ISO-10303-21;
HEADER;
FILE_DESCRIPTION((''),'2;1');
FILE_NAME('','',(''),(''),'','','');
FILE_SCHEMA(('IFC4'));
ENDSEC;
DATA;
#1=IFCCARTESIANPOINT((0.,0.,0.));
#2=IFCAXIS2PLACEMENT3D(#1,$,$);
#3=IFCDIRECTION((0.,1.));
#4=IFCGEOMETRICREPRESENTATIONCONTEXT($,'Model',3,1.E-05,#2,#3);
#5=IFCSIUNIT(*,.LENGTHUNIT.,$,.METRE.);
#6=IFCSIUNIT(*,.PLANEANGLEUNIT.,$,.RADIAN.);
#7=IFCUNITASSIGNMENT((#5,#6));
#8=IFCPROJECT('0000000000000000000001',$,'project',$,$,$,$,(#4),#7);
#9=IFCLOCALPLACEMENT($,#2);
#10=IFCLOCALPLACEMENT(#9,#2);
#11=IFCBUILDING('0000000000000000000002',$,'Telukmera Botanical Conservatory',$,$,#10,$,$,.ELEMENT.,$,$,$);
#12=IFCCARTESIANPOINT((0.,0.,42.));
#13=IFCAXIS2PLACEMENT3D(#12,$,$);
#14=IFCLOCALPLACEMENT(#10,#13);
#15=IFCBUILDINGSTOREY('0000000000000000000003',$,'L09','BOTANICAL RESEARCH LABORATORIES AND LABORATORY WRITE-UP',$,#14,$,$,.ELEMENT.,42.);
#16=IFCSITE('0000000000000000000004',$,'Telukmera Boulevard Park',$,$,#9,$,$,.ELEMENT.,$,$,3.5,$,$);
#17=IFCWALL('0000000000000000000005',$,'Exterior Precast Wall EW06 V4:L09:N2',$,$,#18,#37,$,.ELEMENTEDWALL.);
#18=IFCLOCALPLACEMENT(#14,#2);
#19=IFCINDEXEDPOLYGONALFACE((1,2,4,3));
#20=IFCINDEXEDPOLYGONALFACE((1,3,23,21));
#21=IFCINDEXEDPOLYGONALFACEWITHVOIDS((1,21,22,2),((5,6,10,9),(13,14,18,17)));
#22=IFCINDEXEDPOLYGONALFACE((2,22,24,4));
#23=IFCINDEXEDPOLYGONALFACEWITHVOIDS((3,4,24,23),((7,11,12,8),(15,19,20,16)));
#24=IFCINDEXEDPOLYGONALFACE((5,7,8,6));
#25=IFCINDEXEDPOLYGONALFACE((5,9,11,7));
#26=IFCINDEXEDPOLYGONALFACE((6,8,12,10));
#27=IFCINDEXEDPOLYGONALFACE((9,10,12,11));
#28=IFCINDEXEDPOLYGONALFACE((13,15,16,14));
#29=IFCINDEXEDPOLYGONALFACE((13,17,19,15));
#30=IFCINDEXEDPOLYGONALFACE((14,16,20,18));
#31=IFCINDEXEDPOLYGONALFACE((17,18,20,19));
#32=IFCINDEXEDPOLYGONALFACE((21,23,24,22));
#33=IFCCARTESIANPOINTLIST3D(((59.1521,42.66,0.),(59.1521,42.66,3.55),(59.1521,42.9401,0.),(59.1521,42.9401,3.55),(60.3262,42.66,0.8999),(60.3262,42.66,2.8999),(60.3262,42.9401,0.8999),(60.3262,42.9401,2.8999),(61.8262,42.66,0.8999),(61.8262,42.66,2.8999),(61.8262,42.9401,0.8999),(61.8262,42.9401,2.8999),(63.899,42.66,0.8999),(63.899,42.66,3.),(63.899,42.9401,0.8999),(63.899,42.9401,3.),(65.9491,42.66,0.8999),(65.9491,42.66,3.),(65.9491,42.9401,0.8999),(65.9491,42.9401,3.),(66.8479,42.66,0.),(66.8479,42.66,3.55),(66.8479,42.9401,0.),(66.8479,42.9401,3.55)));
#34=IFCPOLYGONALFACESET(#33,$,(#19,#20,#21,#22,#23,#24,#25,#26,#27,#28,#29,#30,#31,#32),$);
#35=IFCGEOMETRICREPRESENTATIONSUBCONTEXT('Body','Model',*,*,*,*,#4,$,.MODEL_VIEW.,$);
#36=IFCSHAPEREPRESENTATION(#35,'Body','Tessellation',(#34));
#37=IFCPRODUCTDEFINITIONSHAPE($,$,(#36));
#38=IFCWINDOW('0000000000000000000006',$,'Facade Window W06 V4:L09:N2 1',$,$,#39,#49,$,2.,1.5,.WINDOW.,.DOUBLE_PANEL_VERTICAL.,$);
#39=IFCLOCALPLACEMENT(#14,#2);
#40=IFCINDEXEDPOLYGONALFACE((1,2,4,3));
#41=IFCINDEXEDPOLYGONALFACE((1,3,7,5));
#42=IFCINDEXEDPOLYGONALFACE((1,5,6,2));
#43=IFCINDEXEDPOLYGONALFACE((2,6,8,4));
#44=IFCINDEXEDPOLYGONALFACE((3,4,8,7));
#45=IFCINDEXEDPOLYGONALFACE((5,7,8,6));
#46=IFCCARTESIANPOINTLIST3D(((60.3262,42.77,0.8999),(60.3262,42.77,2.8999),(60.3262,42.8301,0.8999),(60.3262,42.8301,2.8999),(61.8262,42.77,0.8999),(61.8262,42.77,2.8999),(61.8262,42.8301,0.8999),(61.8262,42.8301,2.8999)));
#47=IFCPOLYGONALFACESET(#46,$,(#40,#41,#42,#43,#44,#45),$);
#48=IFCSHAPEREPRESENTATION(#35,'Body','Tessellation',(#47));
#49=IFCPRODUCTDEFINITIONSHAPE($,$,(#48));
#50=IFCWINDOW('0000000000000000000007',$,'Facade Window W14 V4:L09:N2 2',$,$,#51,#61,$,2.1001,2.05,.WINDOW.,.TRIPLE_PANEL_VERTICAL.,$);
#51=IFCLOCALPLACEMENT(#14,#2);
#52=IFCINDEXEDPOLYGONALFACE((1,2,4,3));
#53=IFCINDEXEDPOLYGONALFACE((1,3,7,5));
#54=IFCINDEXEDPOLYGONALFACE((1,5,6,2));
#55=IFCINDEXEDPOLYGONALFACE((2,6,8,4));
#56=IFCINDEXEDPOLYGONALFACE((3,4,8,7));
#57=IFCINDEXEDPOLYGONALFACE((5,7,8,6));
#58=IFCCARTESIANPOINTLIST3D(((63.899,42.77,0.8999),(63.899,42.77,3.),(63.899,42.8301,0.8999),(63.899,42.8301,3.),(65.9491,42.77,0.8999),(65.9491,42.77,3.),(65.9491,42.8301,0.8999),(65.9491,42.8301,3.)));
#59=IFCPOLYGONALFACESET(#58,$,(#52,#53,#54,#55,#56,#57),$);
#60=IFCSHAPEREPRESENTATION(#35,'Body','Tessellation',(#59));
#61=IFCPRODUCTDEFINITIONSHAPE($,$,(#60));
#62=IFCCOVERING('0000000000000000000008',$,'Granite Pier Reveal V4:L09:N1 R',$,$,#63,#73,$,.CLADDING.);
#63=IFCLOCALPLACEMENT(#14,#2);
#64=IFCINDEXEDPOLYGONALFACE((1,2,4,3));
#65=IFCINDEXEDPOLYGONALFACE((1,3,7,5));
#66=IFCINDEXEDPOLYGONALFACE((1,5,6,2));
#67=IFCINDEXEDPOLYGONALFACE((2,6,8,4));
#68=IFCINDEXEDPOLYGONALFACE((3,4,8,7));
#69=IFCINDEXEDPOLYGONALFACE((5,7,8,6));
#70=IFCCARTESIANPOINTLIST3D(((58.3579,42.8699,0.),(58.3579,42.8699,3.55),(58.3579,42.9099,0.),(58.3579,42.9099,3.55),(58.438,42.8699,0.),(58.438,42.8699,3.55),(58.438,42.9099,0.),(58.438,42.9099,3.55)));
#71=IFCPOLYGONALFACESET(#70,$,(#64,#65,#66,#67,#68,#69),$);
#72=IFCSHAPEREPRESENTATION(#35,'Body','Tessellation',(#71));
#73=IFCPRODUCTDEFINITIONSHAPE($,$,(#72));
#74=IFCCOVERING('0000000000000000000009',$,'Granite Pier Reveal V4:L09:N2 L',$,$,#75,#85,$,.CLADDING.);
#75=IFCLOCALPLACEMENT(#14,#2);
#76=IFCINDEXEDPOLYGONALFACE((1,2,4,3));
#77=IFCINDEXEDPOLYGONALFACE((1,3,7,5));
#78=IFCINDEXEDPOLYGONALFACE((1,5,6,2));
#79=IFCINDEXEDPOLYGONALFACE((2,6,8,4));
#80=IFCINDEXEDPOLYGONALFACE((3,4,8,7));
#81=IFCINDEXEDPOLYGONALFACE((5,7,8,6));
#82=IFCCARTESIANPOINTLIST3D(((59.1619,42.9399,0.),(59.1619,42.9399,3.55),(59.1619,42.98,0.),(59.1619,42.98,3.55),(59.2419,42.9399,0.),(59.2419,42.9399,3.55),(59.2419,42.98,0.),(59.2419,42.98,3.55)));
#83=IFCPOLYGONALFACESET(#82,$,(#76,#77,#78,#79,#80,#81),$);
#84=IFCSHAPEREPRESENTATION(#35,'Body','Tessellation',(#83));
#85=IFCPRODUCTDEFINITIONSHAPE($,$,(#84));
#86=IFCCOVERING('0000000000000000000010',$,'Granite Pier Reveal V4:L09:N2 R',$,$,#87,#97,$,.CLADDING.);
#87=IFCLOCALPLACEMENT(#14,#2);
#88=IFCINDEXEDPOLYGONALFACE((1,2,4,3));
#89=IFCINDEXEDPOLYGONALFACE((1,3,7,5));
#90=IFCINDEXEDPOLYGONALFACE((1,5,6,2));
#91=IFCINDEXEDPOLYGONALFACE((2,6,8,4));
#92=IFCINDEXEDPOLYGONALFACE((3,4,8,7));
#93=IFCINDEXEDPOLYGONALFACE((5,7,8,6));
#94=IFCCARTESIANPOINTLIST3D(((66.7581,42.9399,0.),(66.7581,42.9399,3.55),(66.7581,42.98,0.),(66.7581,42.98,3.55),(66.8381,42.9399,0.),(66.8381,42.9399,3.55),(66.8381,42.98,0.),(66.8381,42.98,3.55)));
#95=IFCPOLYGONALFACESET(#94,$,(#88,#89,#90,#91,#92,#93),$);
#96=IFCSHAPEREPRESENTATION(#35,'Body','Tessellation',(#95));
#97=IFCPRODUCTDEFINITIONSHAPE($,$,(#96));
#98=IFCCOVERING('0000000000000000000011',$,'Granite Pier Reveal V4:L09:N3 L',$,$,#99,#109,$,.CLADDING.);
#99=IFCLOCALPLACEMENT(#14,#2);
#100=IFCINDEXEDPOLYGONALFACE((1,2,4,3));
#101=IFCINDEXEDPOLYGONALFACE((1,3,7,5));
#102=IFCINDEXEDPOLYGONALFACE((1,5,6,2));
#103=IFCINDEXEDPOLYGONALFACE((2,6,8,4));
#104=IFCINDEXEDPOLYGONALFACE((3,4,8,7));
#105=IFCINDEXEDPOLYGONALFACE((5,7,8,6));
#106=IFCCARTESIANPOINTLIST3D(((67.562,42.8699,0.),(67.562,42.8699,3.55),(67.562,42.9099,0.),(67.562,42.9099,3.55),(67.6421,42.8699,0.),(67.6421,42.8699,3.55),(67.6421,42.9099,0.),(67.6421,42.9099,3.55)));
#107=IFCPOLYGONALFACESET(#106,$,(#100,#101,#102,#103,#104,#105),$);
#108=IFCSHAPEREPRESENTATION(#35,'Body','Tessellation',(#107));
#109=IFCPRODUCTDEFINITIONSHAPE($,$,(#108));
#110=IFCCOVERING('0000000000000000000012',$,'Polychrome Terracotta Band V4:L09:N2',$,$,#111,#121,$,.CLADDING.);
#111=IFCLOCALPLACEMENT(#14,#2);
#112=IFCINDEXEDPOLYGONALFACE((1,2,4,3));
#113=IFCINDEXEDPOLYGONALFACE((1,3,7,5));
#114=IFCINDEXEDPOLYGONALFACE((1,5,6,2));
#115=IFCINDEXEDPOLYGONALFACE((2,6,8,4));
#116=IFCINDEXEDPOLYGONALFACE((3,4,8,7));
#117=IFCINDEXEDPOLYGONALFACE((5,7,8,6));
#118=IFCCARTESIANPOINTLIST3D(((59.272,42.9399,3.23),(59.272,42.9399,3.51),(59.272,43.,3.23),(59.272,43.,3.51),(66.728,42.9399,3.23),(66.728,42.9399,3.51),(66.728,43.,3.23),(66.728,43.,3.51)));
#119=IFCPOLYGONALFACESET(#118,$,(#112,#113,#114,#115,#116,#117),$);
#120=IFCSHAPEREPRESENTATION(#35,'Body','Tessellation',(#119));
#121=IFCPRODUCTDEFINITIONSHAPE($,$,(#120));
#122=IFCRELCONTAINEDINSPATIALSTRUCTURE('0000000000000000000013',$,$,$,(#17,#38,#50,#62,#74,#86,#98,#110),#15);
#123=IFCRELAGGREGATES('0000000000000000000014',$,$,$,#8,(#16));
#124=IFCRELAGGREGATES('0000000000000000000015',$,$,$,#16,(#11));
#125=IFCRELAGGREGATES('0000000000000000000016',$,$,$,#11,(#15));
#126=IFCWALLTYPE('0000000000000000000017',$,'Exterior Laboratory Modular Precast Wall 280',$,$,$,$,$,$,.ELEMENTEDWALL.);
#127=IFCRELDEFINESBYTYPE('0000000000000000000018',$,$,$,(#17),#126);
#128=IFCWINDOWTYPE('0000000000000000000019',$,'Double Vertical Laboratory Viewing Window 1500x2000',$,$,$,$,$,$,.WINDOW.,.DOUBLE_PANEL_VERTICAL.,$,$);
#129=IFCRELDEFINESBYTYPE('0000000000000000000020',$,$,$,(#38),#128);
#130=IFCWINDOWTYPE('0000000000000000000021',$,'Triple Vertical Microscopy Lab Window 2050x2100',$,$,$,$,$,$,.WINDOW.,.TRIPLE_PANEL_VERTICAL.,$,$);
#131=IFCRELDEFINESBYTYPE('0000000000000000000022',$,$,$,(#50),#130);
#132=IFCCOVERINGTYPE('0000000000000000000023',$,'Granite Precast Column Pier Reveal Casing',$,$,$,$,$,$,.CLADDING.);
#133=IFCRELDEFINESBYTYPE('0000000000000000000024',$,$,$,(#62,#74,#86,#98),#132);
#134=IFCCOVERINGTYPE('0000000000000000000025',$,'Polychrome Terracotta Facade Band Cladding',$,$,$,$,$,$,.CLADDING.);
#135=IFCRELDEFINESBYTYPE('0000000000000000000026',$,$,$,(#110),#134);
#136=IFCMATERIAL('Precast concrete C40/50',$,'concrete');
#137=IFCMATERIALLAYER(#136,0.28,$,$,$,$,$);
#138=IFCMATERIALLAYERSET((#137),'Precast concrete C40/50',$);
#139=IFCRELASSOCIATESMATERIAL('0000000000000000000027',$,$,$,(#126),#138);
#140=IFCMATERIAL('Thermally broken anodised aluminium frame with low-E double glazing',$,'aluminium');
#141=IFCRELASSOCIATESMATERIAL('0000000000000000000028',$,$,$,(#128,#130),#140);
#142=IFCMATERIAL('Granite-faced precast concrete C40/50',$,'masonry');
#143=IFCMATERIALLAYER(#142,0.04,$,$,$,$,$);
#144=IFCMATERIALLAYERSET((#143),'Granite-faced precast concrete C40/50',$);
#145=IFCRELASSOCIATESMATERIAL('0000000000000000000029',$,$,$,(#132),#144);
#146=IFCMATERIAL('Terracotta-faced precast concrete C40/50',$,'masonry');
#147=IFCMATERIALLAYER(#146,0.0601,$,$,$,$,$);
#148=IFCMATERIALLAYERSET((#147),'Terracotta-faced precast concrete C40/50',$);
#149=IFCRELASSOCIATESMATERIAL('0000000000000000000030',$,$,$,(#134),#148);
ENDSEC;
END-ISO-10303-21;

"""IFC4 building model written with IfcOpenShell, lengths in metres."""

from ifc_helpers import new_model, si_unit, direction, frame, frame_2d, origin, origin_2d, place, context, subcontext, project, spatial, rectangle, extrude, material, layer, layer_set, type_object, element, fill, save


model = new_model("IFC4")

# Units and contexts
model_context = context("Model", 3, precision=1e-05, world=origin(), true_north=direction((0.0, 1.0)))
body_context = subcontext(model_context, "Body", "Model", "MODEL_VIEW")
ifc_project = project(units=[si_unit("LENGTHUNIT", "METRE"), si_unit("PLANEANGLEUNIT", "RADIAN")], contexts=[model_context])

# Site, building, storey
site_placement = place(None, origin())
site = spatial("IfcSite", under=ifc_project, at=site_placement, Name="Telukmera Boulevard Park", CompositionType="ELEMENT", RefElevation=3.5)
building_placement = place(site_placement, origin())
building = spatial("IfcBuilding", under=site, at=building_placement, Name="Telukmera Botanical Conservatory", CompositionType="ELEMENT")
storey_placement = place(building_placement, frame((0.0, 0.0, 42.0)))
storey = spatial("IfcBuildingStorey", under=building, at=storey_placement, Name="L09", Description="BOTANICAL RESEARCH LABORATORIES AND LABORATORY WRITE-UP", CompositionType="ELEMENT", Elevation=42.0)

# Shared definitions
ifc_material_1 = material(Name="Precast concrete C40/50", Category="concrete")

# Wall, openings, windows
ifc_layer_1 = layer(ifc_material_1, 0.28)
ifc_layer_set_1 = layer_set([ifc_layer_1], Name="Precast concrete C40/50")
wall_type = type_object("IfcWallType", Name="Exterior Laboratory Modular Precast Wall 280", PredefinedType="ELEMENTEDWALL", material=ifc_layer_set_1)
wall_placement = place(storey_placement, frame((59.1521, 42.8, 0.0), z_axis=(0.0, 0.0, 1.0), x_axis=(1.0, 0.0, 0.0)))
wall = element("IfcWall", 1, at=wall_placement, inside=storey, type_object=wall_type, Name="Exterior Precast Wall EW06 V4:L09:N2", PredefinedType="ELEMENTEDWALL", context=body_context, shape_type="SweptSolid", body=[
    extrude(rectangle(XDim=7.6958, YDim=0.28, at=frame_2d((3.8479, 0.0))), origin(), (0.0, 0.0, 1.0), 3.55),
])
opening_1_placement = place(wall_placement, frame((1.1741, 0.0, 0.8999)))
opening_1 = element("IfcOpeningElement", 2, at=opening_1_placement, cuts=wall, PredefinedType="OPENING", context=body_context, shape_type="SweptSolid", body=[
    extrude(rectangle(XDim=1.5, YDim=2.0, at=frame_2d((0.75, 1.0))), frame((0.0, 0.1499, 0.0), z_axis=(0.0, -1.0, 0.0), x_axis=(1.0, 0.0, 0.0)), (0.0, 0.0, 1.0), 0.3),
])
opening_2_placement = place(wall_placement, frame((4.7471, 0.0, 0.8999)))
opening_2 = element("IfcOpeningElement", 3, at=opening_2_placement, cuts=wall, PredefinedType="OPENING", context=body_context, shape_type="SweptSolid", body=[
    extrude(rectangle(XDim=2.05, YDim=2.1001, at=frame_2d((1.0249, 1.05))), frame((0.0, 0.1499, 0.0), z_axis=(0.0, -1.0, 0.0), x_axis=(1.0, 0.0, 0.0)), (0.0, 0.0, 1.0), 0.3),
])
ifc_material_2 = material(Name="Thermally broken anodised aluminium frame with low-E double glazing", Category="aluminium")
window_type_1 = type_object("IfcWindowType", Name="Double Vertical Laboratory Viewing Window 1500x2000", PartitioningType="DOUBLE_PANEL_VERTICAL", PredefinedType="WINDOW", material=ifc_material_2)
window_1_placement = place(opening_1_placement, origin())
window_1 = element("IfcWindow", 4, at=window_1_placement, inside=storey, type_object=window_type_1, Name="Facade Window W06 V4:L09:N2 1", OverallHeight=2.0, OverallWidth=1.5, PartitioningType="DOUBLE_PANEL_VERTICAL", PredefinedType="WINDOW", context=body_context, shape_type="SweptSolid", body=[
    extrude(rectangle(XDim=1.5, YDim=2.0, at=frame_2d((0.75, 1.0))), frame((0.0, 0.03, 0.0), z_axis=(0.0, -1.0, 0.0), x_axis=(1.0, 0.0, 0.0)), (0.0, 0.0, 1.0), 0.0601),
])
fill(opening_1, window_1)
window_type_2 = type_object("IfcWindowType", Name="Triple Vertical Microscopy Lab Window 2050x2100", PartitioningType="TRIPLE_PANEL_VERTICAL", PredefinedType="WINDOW", material=ifc_material_2)
window_2_placement = place(opening_2_placement, origin())
window_2 = element("IfcWindow", 5, at=window_2_placement, inside=storey, type_object=window_type_2, Name="Facade Window W14 V4:L09:N2 2", OverallHeight=2.1001, OverallWidth=2.05, PartitioningType="TRIPLE_PANEL_VERTICAL", PredefinedType="WINDOW", context=body_context, shape_type="SweptSolid", body=[
    extrude(rectangle(XDim=2.05, YDim=2.1001, at=frame_2d((1.0249, 1.05))), frame((0.0, 0.03, 0.0), z_axis=(0.0, -1.0, 0.0), x_axis=(1.0, 0.0, 0.0)), (0.0, 0.0, 1.0), 0.0601),
])
fill(opening_2, window_2)

# Coverings
ifc_material_3 = material(Name="Granite-faced precast concrete C40/50", Category="masonry")
ifc_layer_2 = layer(ifc_material_3, 0.04)
ifc_layer_set_2 = layer_set([ifc_layer_2], Name="Granite-faced precast concrete C40/50")
covering_type_1 = type_object("IfcCoveringType", Name="Granite Precast Column Pier Reveal Casing", PredefinedType="CLADDING", material=ifc_layer_set_2)
for number, where, z_axis, x_axis, name in (
    (6, (58.3979, 42.8899, 0.0), (0.0, 0.0, 1.0), (1.0, 0.0, 0.0), "Granite Pier Reveal V4:L09:N1 R"),
    (7, (59.2019, 42.96, 0.0), (0.0, 0.0, 1.0), (1.0, 0.0, 0.0), "Granite Pier Reveal V4:L09:N2 L"),
    (8, (66.7981, 42.96, 0.0), (0.0, 0.0, 1.0), (1.0, 0.0, 0.0), "Granite Pier Reveal V4:L09:N2 R"),
    (9, (67.6021, 42.8899, 0.0), (0.0, 0.0, 1.0), (1.0, 0.0, 0.0), "Granite Pier Reveal V4:L09:N3 L"),
):
    element("IfcCovering", number, at=place(storey_placement, frame(where, z_axis=z_axis, x_axis=x_axis)), inside=storey, type_object=covering_type_1, Name=name, PredefinedType="CLADDING", context=body_context, shape_type="SweptSolid", body=[
        extrude(rectangle(XDim=0.0801, YDim=0.04, at=origin_2d()), origin(), (0.0, 0.0, 1.0), 3.55),
    ])
ifc_material_4 = material(Name="Terracotta-faced precast concrete C40/50", Category="masonry")
ifc_layer_3 = layer(ifc_material_4, 0.0601)
ifc_layer_set_3 = layer_set([ifc_layer_3], Name="Terracotta-faced precast concrete C40/50")
covering_type_2 = type_object("IfcCoveringType", Name="Polychrome Terracotta Facade Band Cladding", PredefinedType="CLADDING", material=ifc_layer_set_3)
covering_placement = place(storey_placement, frame((63.0, 42.97, 3.23), z_axis=(0.0, 0.0, 1.0), x_axis=(1.0, 0.0, 0.0)))
element("IfcCovering", 10, at=covering_placement, inside=storey, type_object=covering_type_2, Name="Polychrome Terracotta Band V4:L09:N2", PredefinedType="CLADDING", context=body_context, shape_type="SweptSolid", body=[
    extrude(rectangle(XDim=7.4561, YDim=0.0601, at=origin_2d()), origin(), (0.0, 0.0, 1.0), 0.28),
])

save(model, "model.ifc")
